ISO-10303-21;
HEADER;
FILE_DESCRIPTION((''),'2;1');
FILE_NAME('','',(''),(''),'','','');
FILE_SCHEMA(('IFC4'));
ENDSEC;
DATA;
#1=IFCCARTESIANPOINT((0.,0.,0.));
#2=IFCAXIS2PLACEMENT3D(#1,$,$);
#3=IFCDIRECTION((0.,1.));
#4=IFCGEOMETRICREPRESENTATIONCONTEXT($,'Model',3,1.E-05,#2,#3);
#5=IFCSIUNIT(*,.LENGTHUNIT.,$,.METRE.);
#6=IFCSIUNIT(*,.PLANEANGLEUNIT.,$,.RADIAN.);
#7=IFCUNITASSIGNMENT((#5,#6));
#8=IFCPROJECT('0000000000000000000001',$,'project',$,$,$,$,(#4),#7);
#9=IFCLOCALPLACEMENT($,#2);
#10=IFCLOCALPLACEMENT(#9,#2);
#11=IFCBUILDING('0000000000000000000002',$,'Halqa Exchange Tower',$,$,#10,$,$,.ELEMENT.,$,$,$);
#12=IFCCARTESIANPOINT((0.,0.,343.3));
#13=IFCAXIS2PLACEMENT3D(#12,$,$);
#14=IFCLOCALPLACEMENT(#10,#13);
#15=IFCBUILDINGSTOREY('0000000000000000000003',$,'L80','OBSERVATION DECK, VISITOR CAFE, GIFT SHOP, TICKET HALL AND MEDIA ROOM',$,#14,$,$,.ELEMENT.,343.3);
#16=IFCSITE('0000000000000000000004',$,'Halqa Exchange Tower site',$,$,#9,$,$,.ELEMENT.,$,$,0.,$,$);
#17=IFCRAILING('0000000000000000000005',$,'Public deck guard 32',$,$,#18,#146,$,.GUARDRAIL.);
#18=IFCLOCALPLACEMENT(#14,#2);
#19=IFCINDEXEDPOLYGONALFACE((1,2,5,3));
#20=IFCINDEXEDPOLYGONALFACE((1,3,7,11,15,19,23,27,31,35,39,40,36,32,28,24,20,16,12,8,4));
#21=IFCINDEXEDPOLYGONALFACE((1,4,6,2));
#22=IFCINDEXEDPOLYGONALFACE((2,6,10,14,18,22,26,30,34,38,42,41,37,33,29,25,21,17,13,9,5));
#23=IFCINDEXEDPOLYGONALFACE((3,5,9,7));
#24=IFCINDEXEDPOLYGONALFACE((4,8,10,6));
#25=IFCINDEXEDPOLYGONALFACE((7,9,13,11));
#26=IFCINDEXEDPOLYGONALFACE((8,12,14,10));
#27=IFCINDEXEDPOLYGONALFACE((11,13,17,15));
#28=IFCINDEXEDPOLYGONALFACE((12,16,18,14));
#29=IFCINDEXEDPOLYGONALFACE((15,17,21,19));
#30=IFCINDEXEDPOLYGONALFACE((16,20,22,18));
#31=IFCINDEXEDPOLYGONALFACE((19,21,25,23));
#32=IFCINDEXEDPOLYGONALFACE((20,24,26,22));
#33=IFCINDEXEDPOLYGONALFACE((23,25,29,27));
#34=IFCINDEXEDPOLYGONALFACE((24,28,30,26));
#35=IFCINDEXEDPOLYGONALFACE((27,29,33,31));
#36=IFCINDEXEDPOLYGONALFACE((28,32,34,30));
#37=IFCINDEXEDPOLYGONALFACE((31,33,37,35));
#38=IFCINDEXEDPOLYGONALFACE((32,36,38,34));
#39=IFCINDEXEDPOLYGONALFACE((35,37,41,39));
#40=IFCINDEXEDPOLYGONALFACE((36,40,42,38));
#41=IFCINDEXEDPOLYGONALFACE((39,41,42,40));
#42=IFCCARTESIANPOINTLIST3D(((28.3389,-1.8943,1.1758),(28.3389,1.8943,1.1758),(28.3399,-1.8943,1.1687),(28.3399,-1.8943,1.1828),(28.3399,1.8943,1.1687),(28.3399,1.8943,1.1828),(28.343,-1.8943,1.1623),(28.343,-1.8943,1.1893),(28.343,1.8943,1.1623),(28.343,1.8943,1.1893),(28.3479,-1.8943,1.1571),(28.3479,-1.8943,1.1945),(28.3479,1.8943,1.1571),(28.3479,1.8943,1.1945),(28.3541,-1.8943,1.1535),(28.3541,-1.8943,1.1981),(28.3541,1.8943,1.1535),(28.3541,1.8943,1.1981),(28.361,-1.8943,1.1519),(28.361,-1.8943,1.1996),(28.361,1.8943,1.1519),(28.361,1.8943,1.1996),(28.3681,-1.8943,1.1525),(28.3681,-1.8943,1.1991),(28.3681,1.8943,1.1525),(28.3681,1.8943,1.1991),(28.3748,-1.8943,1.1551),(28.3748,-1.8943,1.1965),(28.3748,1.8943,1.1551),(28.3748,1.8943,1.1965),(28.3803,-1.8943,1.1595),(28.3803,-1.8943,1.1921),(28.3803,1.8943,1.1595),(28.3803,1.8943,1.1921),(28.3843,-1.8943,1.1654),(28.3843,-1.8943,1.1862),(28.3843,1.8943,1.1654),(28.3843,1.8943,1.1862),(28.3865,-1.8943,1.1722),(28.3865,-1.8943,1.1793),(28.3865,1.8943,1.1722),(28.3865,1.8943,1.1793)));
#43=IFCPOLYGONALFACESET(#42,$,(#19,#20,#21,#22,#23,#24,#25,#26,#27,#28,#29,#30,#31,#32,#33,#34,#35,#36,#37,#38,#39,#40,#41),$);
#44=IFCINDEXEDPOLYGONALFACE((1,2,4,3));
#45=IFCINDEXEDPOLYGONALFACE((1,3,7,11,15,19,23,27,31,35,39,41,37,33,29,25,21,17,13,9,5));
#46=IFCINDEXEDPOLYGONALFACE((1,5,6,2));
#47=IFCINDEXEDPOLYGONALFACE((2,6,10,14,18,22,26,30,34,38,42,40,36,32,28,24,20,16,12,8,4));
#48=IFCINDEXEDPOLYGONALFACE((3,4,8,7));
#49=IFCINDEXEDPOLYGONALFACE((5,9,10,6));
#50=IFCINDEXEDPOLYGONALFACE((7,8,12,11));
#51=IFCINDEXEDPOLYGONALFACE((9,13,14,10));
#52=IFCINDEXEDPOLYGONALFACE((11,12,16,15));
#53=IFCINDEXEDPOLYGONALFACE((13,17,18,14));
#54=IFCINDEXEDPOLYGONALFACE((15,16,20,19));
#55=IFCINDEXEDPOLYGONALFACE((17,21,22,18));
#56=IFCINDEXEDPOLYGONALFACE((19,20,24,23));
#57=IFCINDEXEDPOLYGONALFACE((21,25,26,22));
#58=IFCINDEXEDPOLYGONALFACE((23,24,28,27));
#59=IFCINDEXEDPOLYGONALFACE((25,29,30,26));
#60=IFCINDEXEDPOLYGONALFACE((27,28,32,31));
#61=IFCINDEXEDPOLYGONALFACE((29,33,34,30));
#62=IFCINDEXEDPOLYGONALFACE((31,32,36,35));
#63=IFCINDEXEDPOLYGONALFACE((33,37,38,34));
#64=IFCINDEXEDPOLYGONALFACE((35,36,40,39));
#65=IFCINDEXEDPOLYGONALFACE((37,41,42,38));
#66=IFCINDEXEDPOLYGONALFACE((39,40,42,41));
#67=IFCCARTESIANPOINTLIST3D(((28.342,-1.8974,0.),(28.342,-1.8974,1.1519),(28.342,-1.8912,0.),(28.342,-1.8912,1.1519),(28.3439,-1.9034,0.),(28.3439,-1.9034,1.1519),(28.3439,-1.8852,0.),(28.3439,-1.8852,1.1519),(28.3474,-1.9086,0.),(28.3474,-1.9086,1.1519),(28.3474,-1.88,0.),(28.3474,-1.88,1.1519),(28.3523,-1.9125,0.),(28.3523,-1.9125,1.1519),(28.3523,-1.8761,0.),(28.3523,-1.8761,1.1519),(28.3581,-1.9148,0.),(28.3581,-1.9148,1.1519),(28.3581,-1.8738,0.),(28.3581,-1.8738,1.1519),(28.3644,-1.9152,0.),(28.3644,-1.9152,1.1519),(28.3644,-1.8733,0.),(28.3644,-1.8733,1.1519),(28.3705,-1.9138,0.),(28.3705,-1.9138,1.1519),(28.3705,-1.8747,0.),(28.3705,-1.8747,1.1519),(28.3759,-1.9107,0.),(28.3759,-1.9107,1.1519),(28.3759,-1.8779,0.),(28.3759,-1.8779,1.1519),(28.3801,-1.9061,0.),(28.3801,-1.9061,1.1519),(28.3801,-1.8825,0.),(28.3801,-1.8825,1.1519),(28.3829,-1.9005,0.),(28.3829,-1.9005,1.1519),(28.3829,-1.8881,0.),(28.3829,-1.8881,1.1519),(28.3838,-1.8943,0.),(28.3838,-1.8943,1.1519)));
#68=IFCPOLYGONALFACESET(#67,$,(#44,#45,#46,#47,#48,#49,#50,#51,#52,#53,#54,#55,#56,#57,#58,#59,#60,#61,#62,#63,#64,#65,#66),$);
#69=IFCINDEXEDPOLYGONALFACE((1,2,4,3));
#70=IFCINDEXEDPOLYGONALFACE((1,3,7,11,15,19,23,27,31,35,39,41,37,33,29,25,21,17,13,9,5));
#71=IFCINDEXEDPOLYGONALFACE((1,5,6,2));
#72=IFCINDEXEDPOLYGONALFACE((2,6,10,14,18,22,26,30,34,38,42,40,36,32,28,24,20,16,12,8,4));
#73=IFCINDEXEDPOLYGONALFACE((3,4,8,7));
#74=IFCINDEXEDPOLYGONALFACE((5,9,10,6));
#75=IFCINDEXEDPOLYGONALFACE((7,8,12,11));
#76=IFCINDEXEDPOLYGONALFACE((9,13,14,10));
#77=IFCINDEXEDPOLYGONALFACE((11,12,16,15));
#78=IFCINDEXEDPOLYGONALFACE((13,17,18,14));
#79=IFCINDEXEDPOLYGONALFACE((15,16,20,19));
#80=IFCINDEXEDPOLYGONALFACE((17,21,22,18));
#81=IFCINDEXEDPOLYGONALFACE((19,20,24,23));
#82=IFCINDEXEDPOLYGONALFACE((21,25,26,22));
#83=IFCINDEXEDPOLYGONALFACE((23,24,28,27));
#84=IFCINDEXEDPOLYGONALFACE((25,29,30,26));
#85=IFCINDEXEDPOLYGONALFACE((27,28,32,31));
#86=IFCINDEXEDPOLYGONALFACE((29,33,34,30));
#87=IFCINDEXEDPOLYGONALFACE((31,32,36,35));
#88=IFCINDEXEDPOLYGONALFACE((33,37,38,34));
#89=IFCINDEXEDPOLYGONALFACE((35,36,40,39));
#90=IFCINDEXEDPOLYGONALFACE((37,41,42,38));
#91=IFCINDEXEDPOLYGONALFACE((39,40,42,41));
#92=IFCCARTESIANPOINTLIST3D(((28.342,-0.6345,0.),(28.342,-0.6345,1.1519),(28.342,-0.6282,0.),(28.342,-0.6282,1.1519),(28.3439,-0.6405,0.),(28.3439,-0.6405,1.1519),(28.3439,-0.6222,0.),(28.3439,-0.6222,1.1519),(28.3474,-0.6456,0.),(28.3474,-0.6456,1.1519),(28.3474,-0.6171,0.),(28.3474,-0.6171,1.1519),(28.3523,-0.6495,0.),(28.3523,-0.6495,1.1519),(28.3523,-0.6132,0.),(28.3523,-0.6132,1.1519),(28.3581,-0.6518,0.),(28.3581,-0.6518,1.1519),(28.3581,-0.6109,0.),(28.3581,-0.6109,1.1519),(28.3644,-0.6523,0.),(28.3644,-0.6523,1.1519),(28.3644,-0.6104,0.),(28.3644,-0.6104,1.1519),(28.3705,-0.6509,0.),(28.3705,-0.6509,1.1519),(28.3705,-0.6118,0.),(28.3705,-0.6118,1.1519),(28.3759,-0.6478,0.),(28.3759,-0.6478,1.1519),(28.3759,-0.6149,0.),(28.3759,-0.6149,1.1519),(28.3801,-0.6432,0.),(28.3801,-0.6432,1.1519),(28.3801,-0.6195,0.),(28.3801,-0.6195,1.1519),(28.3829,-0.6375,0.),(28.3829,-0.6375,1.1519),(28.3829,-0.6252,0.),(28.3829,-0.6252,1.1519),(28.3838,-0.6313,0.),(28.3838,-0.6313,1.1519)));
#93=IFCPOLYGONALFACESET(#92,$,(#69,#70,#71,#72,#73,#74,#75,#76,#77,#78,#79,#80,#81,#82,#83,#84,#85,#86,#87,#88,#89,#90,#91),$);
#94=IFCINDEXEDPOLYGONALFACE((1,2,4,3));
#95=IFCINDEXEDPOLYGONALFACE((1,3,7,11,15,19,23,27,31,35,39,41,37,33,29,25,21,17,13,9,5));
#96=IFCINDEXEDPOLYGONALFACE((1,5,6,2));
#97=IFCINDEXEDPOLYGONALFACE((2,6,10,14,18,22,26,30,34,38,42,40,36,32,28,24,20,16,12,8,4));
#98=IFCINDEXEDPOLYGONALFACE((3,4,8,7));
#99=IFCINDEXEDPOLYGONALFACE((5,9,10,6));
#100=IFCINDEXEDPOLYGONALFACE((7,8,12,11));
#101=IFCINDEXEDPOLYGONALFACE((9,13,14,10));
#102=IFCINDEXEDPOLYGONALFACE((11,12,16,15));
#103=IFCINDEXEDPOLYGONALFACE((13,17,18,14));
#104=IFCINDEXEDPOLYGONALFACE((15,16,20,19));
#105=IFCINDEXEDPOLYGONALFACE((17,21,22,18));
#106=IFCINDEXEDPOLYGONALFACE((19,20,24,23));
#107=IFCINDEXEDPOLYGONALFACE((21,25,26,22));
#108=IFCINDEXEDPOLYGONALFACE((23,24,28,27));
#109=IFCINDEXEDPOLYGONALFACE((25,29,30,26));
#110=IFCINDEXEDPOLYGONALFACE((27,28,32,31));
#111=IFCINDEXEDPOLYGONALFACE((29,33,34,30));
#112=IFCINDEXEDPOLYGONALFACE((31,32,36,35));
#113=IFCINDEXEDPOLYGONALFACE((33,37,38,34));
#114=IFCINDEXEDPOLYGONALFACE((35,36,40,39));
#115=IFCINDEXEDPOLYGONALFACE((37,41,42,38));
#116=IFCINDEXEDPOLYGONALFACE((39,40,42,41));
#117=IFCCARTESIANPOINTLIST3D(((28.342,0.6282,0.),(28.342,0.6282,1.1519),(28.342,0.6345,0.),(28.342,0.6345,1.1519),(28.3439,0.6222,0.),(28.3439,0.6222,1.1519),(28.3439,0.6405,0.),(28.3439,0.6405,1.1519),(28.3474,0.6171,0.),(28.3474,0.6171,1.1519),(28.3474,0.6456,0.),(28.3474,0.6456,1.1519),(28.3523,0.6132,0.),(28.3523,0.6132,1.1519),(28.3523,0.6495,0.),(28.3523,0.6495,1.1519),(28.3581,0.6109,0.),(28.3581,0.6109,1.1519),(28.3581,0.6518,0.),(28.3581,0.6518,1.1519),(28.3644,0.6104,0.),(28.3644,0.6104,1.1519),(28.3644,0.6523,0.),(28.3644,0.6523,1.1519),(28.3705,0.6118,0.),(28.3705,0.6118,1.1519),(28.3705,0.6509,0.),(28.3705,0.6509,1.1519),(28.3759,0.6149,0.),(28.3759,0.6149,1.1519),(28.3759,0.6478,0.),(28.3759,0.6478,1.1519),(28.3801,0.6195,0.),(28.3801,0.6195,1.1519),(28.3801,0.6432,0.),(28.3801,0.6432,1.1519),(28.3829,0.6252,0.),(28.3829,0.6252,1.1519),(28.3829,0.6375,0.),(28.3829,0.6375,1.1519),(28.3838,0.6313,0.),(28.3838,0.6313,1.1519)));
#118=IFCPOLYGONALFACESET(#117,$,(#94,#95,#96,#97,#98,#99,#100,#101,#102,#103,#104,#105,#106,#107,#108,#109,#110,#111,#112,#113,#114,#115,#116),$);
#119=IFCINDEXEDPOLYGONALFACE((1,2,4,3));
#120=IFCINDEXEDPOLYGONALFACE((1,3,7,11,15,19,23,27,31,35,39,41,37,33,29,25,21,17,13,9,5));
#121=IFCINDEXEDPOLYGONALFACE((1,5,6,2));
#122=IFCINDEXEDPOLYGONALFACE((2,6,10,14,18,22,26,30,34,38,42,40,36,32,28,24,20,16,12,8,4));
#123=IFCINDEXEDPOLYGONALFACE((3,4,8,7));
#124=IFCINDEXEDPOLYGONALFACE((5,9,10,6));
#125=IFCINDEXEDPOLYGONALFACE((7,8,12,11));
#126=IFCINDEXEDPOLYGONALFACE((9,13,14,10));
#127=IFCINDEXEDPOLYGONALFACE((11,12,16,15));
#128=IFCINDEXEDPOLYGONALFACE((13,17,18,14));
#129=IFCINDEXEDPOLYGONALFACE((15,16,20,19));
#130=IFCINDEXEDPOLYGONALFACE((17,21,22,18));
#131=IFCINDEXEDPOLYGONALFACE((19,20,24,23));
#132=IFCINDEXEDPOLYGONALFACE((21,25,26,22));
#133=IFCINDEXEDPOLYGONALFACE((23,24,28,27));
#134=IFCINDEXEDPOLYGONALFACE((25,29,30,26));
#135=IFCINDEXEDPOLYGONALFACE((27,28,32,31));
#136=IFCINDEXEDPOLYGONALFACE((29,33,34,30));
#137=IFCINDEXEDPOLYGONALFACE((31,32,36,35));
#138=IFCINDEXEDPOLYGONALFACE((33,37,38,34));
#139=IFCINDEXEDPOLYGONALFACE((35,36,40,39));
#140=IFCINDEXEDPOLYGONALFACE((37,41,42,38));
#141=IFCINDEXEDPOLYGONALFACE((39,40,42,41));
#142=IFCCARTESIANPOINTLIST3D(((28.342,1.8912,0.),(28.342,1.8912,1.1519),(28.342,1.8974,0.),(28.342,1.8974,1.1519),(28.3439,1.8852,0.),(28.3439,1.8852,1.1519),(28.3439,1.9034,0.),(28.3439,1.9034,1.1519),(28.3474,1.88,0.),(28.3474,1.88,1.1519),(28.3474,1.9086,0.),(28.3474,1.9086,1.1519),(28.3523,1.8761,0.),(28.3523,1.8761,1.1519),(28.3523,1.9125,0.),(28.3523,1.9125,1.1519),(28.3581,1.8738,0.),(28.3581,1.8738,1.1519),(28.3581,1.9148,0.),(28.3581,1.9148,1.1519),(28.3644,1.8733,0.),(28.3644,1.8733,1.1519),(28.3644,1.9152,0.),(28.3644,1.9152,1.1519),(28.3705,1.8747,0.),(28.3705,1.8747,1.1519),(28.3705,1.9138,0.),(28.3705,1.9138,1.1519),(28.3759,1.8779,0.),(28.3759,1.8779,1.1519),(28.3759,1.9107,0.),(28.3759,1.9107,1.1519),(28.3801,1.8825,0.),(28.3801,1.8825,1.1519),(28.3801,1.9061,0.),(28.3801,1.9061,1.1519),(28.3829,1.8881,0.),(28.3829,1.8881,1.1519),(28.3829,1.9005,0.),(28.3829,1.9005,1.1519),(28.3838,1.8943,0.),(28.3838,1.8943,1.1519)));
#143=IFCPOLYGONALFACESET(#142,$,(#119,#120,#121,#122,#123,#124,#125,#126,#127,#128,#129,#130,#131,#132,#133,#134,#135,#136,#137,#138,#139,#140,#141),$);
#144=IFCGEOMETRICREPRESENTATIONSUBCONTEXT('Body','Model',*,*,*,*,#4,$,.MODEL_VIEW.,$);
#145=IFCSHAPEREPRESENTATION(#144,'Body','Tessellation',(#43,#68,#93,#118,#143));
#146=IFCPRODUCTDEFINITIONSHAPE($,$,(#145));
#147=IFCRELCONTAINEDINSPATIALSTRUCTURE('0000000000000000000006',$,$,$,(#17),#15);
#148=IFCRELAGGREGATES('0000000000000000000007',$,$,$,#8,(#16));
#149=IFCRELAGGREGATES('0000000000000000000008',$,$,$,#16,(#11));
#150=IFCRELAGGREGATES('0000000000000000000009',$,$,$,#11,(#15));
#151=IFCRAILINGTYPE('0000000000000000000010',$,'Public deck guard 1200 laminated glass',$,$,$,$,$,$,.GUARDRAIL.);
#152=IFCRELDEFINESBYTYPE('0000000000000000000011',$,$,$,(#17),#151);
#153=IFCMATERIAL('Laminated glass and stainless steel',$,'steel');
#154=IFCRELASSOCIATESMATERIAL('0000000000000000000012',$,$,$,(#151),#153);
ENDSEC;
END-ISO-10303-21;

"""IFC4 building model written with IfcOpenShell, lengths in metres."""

from ifc_helpers import new_model, si_unit, direction, frame, origin, origin_2d, place, context, subcontext, project, spatial, circle, extrude, material, type_object, element, save


model = new_model("IFC4")

# Units and contexts
model_context = context("Model", 3, precision=1e-05, world=origin(), true_north=direction((0.0, 1.0)))
body_context = subcontext(model_context, "Body", "Model", "MODEL_VIEW")
ifc_project = project(units=[si_unit("LENGTHUNIT", "METRE"), si_unit("PLANEANGLEUNIT", "RADIAN")], contexts=[model_context])

# Site, building, storey
site_placement = place(None, origin())
site = spatial("IfcSite", under=ifc_project, at=site_placement, Name="Halqa Exchange Tower site", CompositionType="ELEMENT", RefElevation=0.0)
building_placement = place(site_placement, origin())
building = spatial("IfcBuilding", under=site, at=building_placement, Name="Halqa Exchange Tower", CompositionType="ELEMENT")
storey_placement = place(building_placement, frame((0.0, 0.0, 343.3)))
storey = spatial("IfcBuildingStorey", under=building, at=storey_placement, Name="L80", Description="OBSERVATION DECK, VISITOR CAFE, GIFT SHOP, TICKET HALL AND MEDIA ROOM", CompositionType="ELEMENT", Elevation=343.3)

# Railing
ifc_material_1 = material(Name="Laminated glass and stainless steel", Category="steel")
railing_type = type_object("IfcRailingType", Name="Public deck guard 1200 laminated glass", PredefinedType="GUARDRAIL", material=ifc_material_1)
railing_1_placement = place(storey_placement, frame((28.3628, -1.8943, 0.0)))
element("IfcRailing", 1, at=railing_1_placement, inside=storey, type_object=railing_type, Name="Public deck guard 32", PredefinedType="GUARDRAIL", context=body_context, shape_type="SweptSolid", body=[
    extrude(circle(Radius=0.0239, at=origin_2d()), frame((0.0, 0.0, 1.1758), z_axis=(0.0, 1.0, 0.0), x_axis=(-1.0, 0.0, 0.0)), (0.0, 0.0, 1.0), 3.7886),
    extrude(circle(Radius=0.021, at=origin_2d()), origin(), (0.0, 0.0, 1.0), 1.1519),
    extrude(circle(Radius=0.021, at=origin_2d()), frame((0.0, 1.2629, 0.0)), (0.0, 0.0, 1.0), 1.1519),
    extrude(circle(Radius=0.021, at=origin_2d()), frame((0.0, 2.5256, 0.0)), (0.0, 0.0, 1.0), 1.1519),
    extrude(circle(Radius=0.021, at=origin_2d()), frame((0.0, 3.7886, 0.0)), (0.0, 0.0, 1.0), 1.1519),
])

save(model, "model.ifc")
